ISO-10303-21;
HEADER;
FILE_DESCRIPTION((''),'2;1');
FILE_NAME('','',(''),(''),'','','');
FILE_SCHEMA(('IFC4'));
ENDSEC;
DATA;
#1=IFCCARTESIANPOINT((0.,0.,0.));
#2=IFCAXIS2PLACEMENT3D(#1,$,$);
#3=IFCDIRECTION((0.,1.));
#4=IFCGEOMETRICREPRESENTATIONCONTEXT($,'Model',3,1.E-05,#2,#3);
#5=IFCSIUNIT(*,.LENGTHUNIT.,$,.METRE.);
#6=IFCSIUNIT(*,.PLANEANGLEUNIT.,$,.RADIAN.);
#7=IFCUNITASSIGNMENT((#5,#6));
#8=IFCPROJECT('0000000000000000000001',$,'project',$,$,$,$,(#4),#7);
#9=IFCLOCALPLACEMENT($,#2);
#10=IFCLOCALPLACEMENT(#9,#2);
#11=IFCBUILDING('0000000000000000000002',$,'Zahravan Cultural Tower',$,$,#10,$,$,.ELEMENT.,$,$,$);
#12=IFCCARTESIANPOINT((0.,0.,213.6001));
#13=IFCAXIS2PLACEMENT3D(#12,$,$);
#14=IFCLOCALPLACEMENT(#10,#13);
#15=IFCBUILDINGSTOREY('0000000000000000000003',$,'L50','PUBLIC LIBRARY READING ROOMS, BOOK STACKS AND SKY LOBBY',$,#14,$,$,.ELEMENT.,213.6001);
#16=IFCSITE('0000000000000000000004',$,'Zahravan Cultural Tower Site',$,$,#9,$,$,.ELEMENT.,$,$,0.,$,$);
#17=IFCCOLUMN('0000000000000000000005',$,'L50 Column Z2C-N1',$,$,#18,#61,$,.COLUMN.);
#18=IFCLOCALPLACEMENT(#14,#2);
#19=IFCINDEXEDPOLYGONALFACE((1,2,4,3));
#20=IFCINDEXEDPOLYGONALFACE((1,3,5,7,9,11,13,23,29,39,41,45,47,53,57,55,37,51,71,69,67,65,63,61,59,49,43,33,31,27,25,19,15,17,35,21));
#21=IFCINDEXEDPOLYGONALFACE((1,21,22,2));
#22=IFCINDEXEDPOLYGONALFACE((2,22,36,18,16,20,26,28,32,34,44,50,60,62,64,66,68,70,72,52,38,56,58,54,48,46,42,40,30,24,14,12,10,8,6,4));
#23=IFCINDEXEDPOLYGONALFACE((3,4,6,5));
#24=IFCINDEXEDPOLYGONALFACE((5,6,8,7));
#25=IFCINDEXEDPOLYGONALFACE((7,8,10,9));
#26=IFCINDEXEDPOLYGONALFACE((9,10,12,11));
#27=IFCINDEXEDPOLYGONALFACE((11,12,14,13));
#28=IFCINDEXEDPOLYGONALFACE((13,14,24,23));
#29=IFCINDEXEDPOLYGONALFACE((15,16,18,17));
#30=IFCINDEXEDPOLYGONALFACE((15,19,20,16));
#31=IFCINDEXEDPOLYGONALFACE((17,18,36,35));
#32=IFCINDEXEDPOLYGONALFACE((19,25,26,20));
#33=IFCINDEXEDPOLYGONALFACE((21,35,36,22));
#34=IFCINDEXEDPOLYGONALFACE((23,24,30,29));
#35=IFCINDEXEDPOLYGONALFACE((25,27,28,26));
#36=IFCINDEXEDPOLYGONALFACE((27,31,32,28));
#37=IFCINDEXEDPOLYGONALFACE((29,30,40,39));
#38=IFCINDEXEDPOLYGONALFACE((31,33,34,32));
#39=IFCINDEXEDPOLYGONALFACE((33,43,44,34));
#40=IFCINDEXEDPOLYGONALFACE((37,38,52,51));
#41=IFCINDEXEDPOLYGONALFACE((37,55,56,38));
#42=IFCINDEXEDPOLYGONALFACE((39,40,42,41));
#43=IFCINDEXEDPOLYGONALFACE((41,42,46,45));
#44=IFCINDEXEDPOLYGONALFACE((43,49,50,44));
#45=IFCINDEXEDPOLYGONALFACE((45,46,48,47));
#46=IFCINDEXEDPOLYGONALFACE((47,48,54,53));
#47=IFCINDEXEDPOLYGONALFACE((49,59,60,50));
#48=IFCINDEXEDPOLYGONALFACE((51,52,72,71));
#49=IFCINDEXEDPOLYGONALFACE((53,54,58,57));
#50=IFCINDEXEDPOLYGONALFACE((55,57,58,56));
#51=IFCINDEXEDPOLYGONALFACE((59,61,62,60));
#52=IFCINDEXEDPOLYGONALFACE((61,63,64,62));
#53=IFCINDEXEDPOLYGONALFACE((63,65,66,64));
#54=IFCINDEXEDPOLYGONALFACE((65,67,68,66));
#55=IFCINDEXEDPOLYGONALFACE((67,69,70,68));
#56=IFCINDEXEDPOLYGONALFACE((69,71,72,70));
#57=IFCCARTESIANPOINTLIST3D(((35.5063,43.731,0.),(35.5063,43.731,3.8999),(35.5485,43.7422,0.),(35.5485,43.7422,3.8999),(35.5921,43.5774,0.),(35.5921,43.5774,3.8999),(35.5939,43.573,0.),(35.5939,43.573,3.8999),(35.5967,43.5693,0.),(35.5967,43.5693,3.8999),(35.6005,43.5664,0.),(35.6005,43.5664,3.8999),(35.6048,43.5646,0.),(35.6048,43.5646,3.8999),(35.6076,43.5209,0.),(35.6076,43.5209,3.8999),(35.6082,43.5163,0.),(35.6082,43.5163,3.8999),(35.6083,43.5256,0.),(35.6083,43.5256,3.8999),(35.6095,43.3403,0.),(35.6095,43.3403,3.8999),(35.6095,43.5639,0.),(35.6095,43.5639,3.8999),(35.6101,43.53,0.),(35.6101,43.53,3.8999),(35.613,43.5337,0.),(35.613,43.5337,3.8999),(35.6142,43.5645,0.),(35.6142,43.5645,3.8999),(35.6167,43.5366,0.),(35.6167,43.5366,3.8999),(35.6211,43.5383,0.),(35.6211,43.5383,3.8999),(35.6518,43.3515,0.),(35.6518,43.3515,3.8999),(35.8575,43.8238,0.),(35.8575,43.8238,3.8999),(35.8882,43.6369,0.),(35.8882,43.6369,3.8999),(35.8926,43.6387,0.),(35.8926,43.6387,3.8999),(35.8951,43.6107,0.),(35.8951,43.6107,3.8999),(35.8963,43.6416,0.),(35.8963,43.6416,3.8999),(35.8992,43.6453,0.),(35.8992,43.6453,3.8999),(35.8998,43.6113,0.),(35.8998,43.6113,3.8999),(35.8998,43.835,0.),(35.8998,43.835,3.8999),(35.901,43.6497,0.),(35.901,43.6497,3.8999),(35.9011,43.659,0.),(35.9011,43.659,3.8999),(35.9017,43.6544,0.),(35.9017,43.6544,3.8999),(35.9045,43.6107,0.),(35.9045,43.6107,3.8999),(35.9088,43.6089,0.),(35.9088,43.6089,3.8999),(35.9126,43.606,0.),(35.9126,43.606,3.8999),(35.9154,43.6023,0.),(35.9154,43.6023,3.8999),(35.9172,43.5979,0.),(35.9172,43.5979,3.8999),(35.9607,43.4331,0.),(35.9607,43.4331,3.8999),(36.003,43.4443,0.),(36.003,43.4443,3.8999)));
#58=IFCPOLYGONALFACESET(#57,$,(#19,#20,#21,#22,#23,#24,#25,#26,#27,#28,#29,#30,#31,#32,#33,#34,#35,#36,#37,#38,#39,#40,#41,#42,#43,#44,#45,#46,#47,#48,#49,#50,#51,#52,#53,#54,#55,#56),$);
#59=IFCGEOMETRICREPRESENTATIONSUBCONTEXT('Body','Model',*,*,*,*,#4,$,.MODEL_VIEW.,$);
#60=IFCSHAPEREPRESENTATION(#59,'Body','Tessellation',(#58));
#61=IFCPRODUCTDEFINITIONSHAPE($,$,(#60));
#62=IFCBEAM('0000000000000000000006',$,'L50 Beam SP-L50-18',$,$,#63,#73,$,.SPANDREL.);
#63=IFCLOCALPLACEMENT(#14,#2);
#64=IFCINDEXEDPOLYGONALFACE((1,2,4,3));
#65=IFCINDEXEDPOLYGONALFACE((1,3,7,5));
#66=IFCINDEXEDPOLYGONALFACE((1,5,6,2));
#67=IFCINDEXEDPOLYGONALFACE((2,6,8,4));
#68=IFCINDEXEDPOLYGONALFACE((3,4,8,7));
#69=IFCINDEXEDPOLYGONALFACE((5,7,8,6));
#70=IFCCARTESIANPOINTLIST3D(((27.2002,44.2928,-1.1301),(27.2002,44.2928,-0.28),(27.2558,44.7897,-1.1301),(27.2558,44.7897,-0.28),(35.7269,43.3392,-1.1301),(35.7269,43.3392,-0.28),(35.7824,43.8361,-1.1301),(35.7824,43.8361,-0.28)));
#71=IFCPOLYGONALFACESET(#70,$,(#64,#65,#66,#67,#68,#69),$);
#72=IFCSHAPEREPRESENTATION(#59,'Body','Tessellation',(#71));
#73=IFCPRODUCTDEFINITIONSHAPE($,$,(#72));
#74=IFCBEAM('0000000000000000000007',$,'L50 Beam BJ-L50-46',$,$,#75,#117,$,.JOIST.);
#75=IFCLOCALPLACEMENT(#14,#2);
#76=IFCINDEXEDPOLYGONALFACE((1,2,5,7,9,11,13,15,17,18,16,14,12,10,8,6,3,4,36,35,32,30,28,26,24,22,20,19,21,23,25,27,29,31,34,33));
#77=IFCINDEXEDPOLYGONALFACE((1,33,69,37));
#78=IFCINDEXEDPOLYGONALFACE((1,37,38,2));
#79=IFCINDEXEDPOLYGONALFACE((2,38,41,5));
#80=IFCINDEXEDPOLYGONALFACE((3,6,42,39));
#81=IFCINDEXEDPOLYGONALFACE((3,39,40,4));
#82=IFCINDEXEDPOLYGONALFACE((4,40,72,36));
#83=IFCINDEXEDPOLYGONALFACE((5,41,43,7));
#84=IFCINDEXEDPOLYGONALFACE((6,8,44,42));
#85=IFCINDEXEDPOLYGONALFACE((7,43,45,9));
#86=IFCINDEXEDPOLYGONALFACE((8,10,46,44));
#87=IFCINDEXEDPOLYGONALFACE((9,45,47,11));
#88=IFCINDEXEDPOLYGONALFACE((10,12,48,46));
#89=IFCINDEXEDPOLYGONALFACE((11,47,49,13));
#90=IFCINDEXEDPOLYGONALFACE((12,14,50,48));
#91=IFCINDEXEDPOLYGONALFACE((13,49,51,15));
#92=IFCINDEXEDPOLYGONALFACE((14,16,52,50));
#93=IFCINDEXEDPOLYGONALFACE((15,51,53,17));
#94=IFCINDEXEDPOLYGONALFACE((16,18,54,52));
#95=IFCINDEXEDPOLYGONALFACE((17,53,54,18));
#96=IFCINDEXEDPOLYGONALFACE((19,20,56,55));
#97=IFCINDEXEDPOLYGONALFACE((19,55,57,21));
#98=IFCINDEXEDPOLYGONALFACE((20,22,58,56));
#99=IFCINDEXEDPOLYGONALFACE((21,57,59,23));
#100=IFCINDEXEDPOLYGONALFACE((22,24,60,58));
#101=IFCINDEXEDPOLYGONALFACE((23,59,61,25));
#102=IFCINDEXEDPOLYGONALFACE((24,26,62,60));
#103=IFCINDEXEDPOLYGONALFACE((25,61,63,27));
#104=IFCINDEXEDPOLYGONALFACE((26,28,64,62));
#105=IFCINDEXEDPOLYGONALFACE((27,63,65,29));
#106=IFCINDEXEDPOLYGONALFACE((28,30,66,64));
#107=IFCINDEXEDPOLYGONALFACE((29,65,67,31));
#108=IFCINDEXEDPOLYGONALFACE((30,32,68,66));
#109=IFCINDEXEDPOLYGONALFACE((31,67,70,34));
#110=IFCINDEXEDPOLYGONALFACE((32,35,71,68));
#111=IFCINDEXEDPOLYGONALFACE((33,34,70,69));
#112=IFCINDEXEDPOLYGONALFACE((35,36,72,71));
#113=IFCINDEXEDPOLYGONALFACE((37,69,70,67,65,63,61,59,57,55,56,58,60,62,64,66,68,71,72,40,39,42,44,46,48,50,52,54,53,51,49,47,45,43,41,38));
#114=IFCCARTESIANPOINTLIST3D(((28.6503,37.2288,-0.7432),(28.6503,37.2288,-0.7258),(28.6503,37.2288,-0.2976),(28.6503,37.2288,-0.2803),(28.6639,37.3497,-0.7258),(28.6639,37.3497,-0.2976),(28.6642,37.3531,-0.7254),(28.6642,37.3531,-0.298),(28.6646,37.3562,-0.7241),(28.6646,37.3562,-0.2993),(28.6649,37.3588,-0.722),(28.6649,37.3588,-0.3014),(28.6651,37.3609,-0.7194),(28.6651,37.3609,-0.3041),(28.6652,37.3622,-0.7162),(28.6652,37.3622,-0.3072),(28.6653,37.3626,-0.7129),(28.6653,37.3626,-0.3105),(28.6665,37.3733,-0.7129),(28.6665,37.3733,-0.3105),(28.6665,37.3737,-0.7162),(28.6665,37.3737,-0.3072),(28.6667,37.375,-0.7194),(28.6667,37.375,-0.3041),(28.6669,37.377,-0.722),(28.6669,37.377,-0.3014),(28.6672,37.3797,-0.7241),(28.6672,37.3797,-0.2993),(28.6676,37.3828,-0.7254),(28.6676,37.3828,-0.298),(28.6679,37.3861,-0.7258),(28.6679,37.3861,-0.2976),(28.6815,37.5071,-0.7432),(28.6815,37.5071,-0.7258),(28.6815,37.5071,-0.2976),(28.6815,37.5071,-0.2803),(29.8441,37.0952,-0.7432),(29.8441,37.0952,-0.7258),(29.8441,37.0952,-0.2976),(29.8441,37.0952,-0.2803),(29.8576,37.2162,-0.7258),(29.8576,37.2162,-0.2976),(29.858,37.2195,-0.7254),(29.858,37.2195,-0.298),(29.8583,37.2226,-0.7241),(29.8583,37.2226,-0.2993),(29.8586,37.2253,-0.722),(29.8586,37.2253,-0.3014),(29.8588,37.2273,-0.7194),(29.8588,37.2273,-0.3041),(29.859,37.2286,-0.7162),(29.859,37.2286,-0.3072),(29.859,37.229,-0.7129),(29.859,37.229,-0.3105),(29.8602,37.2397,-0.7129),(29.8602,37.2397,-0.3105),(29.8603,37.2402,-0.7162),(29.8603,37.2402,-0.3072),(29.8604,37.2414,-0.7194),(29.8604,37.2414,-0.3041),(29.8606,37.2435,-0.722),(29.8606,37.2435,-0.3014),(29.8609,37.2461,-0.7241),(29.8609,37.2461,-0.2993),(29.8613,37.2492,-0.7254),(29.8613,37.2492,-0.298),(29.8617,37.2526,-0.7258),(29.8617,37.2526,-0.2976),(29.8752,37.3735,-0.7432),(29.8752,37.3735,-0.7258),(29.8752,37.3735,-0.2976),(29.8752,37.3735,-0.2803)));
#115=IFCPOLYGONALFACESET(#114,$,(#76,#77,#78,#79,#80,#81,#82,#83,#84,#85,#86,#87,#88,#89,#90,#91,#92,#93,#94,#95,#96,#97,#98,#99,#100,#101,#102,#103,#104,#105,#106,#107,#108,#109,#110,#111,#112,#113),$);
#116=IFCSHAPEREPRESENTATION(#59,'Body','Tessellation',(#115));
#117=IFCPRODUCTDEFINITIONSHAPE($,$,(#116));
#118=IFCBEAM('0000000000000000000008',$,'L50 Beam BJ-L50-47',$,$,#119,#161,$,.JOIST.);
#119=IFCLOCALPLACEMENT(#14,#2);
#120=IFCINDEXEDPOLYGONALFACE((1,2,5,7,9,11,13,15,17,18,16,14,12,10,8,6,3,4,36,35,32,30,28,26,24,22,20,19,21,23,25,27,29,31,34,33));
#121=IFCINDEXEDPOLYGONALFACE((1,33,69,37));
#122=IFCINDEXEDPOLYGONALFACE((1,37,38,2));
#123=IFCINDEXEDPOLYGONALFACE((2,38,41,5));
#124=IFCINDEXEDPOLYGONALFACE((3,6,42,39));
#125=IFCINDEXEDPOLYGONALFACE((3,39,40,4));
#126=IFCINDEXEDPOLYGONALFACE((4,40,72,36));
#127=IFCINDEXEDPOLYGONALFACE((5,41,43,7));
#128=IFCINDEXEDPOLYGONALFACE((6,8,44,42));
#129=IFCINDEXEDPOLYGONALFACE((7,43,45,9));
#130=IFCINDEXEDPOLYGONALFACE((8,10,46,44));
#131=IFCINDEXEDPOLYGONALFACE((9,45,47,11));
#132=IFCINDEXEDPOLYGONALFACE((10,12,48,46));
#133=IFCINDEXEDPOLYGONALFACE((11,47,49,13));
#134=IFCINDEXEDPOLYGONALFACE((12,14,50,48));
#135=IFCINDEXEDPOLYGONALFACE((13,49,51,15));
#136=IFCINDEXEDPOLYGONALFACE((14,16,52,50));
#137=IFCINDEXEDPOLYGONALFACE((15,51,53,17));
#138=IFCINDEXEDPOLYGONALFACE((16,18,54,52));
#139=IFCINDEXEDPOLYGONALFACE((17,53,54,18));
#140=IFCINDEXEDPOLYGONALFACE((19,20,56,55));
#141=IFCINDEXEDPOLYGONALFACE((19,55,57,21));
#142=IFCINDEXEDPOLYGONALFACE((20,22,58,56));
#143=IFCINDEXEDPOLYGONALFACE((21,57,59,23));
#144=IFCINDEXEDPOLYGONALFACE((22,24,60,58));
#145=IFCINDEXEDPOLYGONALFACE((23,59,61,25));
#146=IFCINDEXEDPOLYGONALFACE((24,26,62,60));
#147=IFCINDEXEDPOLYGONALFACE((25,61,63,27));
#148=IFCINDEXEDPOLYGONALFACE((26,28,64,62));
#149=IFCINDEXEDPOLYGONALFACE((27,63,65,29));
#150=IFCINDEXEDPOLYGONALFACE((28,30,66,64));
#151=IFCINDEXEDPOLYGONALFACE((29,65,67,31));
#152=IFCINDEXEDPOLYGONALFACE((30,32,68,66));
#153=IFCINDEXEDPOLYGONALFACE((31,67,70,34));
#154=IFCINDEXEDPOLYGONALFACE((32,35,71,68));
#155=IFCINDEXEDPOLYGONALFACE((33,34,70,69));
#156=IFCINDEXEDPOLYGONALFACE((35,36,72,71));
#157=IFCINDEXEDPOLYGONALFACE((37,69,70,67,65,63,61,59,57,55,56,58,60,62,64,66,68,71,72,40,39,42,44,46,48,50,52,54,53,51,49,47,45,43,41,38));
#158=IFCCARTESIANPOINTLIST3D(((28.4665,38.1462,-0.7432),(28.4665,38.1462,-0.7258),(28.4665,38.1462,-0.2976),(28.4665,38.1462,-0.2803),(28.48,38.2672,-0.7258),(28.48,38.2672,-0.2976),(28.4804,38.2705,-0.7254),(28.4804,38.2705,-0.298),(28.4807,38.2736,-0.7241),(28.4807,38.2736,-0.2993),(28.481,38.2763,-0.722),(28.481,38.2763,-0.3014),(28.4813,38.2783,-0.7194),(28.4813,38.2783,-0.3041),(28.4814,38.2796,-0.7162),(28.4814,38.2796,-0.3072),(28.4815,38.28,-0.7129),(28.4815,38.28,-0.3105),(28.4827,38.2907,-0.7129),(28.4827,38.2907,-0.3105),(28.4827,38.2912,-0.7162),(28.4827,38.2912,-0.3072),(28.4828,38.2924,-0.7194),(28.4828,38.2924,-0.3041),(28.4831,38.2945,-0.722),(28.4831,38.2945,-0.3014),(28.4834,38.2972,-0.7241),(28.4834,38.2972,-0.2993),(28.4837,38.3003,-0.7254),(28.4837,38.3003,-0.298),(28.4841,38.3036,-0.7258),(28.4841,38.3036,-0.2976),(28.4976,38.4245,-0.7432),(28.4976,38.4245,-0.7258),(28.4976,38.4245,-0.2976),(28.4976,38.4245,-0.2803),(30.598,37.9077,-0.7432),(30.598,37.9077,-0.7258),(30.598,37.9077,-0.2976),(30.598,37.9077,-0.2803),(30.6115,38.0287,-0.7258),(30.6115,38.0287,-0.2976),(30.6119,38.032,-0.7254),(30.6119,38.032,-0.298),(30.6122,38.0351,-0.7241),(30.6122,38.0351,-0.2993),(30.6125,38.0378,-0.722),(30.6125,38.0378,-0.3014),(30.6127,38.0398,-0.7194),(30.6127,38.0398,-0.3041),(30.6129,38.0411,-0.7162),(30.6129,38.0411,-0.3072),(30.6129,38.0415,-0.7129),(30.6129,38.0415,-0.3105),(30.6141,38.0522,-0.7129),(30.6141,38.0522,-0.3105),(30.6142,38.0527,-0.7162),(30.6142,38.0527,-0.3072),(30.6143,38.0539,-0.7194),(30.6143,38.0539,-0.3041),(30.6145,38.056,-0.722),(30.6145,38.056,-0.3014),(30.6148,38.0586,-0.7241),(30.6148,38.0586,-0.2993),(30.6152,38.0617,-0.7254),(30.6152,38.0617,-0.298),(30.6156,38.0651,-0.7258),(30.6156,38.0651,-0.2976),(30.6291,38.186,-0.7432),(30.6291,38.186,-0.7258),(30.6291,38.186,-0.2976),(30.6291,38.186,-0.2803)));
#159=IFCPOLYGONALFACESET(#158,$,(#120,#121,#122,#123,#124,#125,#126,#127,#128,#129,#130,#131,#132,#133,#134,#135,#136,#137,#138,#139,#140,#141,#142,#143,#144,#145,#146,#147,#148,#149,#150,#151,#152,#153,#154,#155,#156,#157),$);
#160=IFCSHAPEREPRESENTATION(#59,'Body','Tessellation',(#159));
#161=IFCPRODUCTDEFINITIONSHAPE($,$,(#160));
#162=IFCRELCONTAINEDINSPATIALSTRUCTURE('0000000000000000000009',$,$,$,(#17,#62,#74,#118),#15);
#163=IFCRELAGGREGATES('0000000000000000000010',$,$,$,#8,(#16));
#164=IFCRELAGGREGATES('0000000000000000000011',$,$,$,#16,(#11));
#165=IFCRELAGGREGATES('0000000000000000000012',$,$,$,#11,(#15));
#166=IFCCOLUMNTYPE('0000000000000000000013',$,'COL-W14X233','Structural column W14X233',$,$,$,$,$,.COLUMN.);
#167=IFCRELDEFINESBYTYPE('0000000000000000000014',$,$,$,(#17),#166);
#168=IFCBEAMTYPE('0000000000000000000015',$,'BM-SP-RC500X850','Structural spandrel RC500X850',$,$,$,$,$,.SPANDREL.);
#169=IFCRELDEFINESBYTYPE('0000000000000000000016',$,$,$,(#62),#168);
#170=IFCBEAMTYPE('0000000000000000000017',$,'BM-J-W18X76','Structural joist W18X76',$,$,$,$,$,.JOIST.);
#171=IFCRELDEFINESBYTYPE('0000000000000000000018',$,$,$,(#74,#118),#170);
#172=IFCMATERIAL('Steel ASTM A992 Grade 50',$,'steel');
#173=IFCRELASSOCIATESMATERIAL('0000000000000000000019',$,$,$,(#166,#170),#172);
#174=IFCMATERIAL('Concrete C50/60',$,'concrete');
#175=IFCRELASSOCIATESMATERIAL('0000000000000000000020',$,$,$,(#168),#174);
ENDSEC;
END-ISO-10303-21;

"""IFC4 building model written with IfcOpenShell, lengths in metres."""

from ifc_helpers import new_model, si_unit, direction, frame, origin, origin_2d, place, context, subcontext, project, spatial, rectangle, i_section, extrude, source, transform, mapped, material, material_profile, profile_set, type_object, element, save


model = new_model("IFC4")

# Units and contexts
model_context = context("Model", 3, precision=1e-05, world=origin(), true_north=direction((0.0, 1.0)))
body_context = subcontext(model_context, "Body", "Model", "MODEL_VIEW")
ifc_project = project(units=[si_unit("LENGTHUNIT", "METRE"), si_unit("PLANEANGLEUNIT", "RADIAN")], contexts=[model_context])

# Site, building, storey
site_placement = place(None, origin())
site = spatial("IfcSite", under=ifc_project, at=site_placement, Name="Zahravan Cultural Tower Site", CompositionType="ELEMENT", RefElevation=0.0)
building_placement = place(site_placement, origin())
building = spatial("IfcBuilding", under=site, at=building_placement, Name="Zahravan Cultural Tower", CompositionType="ELEMENT")
storey_placement = place(building_placement, frame((0.0, 0.0, 213.6001)))
storey = spatial("IfcBuildingStorey", under=building, at=storey_placement, Name="L50", Description="PUBLIC LIBRARY READING ROOMS, BOOK STACKS AND SKY LOBBY", CompositionType="ELEMENT", Elevation=213.6001)

# Column
ifc_material_1 = material(Name="Steel ASTM A992 Grade 50", Category="steel")
ifc_material_profile_1 = material_profile(ifc_material_1, i_section(OverallWidth=0.4041, OverallDepth=0.407, WebThickness=0.0271, FlangeThickness=0.0437, FilletRadius=0.0181, at=origin_2d()), Name="W14X233")
ifc_profile_set_1 = profile_set([ifc_material_profile_1], Name="Steel ASTM A992 Grade 50")
column_type = type_object("IfcColumnType", Name="COL-W14X233", Description="Structural column W14X233", PredefinedType="COLUMN", material=ifc_profile_set_1)
shared_shape_1 = source(origin(), body_context, "Body", "SweptSolid", [
    extrude(i_section(OverallWidth=0.4041, OverallDepth=0.407, WebThickness=0.0271, FlangeThickness=0.0437, FilletRadius=0.0181, at=origin_2d()), origin(), (0.0, 0.0, 1.0), 3.8999),
])
column_placement = place(storey_placement, frame((35.7546, 43.5876, 0.0), z_axis=(0.0, 0.0, 1.0), x_axis=(-0.255446, 0.966823, 0.0)))
element("IfcColumn", 1, at=column_placement, inside=storey, type_object=column_type, Name="L50 Column Z2C-N1", PredefinedType="COLUMN", context=body_context, shape_type="MappedRepresentation", body=[
    mapped(shared_shape_1, transform((0.0, 0.0, 0.0), x_axis=(1.0, 0.0, 0.0), y_axis=(0.0, 1.0, 0.0), z_axis=(0.0, 0.0, 1.0), scale=1.0)),
])

# Beams
ifc_material_2 = material(Name="Concrete C50/60", Category="concrete")
ifc_material_profile_2 = material_profile(ifc_material_2, rectangle(XDim=0.5, YDim=0.8501, at=origin_2d()), Name="RC500X850")
ifc_profile_set_2 = profile_set([ifc_material_profile_2], Name="Concrete C50/60")
beam_type_1 = type_object("IfcBeamType", Name="BM-SP-RC500X850", Description="Structural spandrel RC500X850", PredefinedType="SPANDREL", material=ifc_profile_set_2)
shared_shape_2 = source(origin(), body_context, "Body", "SweptSolid", [
    extrude(rectangle(XDim=0.5, YDim=0.8501, at=origin_2d()), origin(), (0.0, 0.0, 1.0), 8.5798),
])
beam_1_placement = place(storey_placement, frame((35.7546, 43.5876, -0.7051), z_axis=(-0.993804, 0.111147, 0.0), x_axis=(-0.111147, -0.993804, 0.0)))
element("IfcBeam", 2, at=beam_1_placement, inside=storey, type_object=beam_type_1, Name="L50 Beam SP-L50-18", PredefinedType="SPANDREL", context=body_context, shape_type="MappedRepresentation", body=[
    mapped(shared_shape_2, transform((0.0, 0.0, 0.0), x_axis=(1.0, 0.0, 0.0), y_axis=(0.0, 1.0, 0.0), z_axis=(0.0, 0.0, 1.0), scale=1.0)),
])
ifc_material_profile_3 = material_profile(ifc_material_1, i_section(OverallWidth=0.28, OverallDepth=0.4629, WebThickness=0.0107, FlangeThickness=0.0173, FilletRadius=0.0129, at=origin_2d()), Name="W18X76")
ifc_profile_set_3 = profile_set([ifc_material_profile_3], Name="Steel ASTM A992 Grade 50")
beam_type_2 = type_object("IfcBeamType", Name="BM-J-W18X76", Description="Structural joist W18X76", PredefinedType="JOIST", material=ifc_profile_set_3)
shared_shape_3 = source(origin(), body_context, "Body", "SweptSolid", [
    extrude(i_section(OverallWidth=0.28, OverallDepth=0.4629, WebThickness=0.0107, FlangeThickness=0.0173, FilletRadius=0.0129, at=origin_2d()), origin(), (0.0, 0.0, 1.0), 1.2012),
])
beam_2_placement = place(storey_placement, frame((29.8596, 37.2344, -0.5117), z_axis=(-0.993799, 0.11119, 0.0), x_axis=(-0.11119, -0.993799, 0.0)))
element("IfcBeam", 3, at=beam_2_placement, inside=storey, type_object=beam_type_2, Name="L50 Beam BJ-L50-46", PredefinedType="JOIST", context=body_context, shape_type="MappedRepresentation", body=[
    mapped(shared_shape_3, transform((0.0, 0.0, 0.0), x_axis=(1.0, 0.0, 0.0), y_axis=(0.0, 1.0, 0.0), z_axis=(0.0, 0.0, 1.0), scale=1.0)),
])
shared_shape_4 = source(origin(), body_context, "Body", "SweptSolid", [
    extrude(i_section(OverallWidth=0.28, OverallDepth=0.4629, WebThickness=0.0107, FlangeThickness=0.0173, FilletRadius=0.0129, at=origin_2d()), origin(), (0.0, 0.0, 1.0), 2.1448),
])
beam_3_placement = place(storey_placement, frame((30.6135, 38.0469, -0.5117), z_axis=(-0.993797, 0.111206, 0.0), x_axis=(-0.111206, -0.993797, 0.0)))
element("IfcBeam", 4, at=beam_3_placement, inside=storey, type_object=beam_type_2, Name="L50 Beam BJ-L50-47", PredefinedType="JOIST", context=body_context, shape_type="MappedRepresentation", body=[
    mapped(shared_shape_4, transform((0.0, 0.0, 0.0), x_axis=(1.0, 0.0, 0.0), y_axis=(0.0, 1.0, 0.0), z_axis=(0.0, 0.0, 1.0), scale=1.0)),
])

save(model, "model.ifc")
